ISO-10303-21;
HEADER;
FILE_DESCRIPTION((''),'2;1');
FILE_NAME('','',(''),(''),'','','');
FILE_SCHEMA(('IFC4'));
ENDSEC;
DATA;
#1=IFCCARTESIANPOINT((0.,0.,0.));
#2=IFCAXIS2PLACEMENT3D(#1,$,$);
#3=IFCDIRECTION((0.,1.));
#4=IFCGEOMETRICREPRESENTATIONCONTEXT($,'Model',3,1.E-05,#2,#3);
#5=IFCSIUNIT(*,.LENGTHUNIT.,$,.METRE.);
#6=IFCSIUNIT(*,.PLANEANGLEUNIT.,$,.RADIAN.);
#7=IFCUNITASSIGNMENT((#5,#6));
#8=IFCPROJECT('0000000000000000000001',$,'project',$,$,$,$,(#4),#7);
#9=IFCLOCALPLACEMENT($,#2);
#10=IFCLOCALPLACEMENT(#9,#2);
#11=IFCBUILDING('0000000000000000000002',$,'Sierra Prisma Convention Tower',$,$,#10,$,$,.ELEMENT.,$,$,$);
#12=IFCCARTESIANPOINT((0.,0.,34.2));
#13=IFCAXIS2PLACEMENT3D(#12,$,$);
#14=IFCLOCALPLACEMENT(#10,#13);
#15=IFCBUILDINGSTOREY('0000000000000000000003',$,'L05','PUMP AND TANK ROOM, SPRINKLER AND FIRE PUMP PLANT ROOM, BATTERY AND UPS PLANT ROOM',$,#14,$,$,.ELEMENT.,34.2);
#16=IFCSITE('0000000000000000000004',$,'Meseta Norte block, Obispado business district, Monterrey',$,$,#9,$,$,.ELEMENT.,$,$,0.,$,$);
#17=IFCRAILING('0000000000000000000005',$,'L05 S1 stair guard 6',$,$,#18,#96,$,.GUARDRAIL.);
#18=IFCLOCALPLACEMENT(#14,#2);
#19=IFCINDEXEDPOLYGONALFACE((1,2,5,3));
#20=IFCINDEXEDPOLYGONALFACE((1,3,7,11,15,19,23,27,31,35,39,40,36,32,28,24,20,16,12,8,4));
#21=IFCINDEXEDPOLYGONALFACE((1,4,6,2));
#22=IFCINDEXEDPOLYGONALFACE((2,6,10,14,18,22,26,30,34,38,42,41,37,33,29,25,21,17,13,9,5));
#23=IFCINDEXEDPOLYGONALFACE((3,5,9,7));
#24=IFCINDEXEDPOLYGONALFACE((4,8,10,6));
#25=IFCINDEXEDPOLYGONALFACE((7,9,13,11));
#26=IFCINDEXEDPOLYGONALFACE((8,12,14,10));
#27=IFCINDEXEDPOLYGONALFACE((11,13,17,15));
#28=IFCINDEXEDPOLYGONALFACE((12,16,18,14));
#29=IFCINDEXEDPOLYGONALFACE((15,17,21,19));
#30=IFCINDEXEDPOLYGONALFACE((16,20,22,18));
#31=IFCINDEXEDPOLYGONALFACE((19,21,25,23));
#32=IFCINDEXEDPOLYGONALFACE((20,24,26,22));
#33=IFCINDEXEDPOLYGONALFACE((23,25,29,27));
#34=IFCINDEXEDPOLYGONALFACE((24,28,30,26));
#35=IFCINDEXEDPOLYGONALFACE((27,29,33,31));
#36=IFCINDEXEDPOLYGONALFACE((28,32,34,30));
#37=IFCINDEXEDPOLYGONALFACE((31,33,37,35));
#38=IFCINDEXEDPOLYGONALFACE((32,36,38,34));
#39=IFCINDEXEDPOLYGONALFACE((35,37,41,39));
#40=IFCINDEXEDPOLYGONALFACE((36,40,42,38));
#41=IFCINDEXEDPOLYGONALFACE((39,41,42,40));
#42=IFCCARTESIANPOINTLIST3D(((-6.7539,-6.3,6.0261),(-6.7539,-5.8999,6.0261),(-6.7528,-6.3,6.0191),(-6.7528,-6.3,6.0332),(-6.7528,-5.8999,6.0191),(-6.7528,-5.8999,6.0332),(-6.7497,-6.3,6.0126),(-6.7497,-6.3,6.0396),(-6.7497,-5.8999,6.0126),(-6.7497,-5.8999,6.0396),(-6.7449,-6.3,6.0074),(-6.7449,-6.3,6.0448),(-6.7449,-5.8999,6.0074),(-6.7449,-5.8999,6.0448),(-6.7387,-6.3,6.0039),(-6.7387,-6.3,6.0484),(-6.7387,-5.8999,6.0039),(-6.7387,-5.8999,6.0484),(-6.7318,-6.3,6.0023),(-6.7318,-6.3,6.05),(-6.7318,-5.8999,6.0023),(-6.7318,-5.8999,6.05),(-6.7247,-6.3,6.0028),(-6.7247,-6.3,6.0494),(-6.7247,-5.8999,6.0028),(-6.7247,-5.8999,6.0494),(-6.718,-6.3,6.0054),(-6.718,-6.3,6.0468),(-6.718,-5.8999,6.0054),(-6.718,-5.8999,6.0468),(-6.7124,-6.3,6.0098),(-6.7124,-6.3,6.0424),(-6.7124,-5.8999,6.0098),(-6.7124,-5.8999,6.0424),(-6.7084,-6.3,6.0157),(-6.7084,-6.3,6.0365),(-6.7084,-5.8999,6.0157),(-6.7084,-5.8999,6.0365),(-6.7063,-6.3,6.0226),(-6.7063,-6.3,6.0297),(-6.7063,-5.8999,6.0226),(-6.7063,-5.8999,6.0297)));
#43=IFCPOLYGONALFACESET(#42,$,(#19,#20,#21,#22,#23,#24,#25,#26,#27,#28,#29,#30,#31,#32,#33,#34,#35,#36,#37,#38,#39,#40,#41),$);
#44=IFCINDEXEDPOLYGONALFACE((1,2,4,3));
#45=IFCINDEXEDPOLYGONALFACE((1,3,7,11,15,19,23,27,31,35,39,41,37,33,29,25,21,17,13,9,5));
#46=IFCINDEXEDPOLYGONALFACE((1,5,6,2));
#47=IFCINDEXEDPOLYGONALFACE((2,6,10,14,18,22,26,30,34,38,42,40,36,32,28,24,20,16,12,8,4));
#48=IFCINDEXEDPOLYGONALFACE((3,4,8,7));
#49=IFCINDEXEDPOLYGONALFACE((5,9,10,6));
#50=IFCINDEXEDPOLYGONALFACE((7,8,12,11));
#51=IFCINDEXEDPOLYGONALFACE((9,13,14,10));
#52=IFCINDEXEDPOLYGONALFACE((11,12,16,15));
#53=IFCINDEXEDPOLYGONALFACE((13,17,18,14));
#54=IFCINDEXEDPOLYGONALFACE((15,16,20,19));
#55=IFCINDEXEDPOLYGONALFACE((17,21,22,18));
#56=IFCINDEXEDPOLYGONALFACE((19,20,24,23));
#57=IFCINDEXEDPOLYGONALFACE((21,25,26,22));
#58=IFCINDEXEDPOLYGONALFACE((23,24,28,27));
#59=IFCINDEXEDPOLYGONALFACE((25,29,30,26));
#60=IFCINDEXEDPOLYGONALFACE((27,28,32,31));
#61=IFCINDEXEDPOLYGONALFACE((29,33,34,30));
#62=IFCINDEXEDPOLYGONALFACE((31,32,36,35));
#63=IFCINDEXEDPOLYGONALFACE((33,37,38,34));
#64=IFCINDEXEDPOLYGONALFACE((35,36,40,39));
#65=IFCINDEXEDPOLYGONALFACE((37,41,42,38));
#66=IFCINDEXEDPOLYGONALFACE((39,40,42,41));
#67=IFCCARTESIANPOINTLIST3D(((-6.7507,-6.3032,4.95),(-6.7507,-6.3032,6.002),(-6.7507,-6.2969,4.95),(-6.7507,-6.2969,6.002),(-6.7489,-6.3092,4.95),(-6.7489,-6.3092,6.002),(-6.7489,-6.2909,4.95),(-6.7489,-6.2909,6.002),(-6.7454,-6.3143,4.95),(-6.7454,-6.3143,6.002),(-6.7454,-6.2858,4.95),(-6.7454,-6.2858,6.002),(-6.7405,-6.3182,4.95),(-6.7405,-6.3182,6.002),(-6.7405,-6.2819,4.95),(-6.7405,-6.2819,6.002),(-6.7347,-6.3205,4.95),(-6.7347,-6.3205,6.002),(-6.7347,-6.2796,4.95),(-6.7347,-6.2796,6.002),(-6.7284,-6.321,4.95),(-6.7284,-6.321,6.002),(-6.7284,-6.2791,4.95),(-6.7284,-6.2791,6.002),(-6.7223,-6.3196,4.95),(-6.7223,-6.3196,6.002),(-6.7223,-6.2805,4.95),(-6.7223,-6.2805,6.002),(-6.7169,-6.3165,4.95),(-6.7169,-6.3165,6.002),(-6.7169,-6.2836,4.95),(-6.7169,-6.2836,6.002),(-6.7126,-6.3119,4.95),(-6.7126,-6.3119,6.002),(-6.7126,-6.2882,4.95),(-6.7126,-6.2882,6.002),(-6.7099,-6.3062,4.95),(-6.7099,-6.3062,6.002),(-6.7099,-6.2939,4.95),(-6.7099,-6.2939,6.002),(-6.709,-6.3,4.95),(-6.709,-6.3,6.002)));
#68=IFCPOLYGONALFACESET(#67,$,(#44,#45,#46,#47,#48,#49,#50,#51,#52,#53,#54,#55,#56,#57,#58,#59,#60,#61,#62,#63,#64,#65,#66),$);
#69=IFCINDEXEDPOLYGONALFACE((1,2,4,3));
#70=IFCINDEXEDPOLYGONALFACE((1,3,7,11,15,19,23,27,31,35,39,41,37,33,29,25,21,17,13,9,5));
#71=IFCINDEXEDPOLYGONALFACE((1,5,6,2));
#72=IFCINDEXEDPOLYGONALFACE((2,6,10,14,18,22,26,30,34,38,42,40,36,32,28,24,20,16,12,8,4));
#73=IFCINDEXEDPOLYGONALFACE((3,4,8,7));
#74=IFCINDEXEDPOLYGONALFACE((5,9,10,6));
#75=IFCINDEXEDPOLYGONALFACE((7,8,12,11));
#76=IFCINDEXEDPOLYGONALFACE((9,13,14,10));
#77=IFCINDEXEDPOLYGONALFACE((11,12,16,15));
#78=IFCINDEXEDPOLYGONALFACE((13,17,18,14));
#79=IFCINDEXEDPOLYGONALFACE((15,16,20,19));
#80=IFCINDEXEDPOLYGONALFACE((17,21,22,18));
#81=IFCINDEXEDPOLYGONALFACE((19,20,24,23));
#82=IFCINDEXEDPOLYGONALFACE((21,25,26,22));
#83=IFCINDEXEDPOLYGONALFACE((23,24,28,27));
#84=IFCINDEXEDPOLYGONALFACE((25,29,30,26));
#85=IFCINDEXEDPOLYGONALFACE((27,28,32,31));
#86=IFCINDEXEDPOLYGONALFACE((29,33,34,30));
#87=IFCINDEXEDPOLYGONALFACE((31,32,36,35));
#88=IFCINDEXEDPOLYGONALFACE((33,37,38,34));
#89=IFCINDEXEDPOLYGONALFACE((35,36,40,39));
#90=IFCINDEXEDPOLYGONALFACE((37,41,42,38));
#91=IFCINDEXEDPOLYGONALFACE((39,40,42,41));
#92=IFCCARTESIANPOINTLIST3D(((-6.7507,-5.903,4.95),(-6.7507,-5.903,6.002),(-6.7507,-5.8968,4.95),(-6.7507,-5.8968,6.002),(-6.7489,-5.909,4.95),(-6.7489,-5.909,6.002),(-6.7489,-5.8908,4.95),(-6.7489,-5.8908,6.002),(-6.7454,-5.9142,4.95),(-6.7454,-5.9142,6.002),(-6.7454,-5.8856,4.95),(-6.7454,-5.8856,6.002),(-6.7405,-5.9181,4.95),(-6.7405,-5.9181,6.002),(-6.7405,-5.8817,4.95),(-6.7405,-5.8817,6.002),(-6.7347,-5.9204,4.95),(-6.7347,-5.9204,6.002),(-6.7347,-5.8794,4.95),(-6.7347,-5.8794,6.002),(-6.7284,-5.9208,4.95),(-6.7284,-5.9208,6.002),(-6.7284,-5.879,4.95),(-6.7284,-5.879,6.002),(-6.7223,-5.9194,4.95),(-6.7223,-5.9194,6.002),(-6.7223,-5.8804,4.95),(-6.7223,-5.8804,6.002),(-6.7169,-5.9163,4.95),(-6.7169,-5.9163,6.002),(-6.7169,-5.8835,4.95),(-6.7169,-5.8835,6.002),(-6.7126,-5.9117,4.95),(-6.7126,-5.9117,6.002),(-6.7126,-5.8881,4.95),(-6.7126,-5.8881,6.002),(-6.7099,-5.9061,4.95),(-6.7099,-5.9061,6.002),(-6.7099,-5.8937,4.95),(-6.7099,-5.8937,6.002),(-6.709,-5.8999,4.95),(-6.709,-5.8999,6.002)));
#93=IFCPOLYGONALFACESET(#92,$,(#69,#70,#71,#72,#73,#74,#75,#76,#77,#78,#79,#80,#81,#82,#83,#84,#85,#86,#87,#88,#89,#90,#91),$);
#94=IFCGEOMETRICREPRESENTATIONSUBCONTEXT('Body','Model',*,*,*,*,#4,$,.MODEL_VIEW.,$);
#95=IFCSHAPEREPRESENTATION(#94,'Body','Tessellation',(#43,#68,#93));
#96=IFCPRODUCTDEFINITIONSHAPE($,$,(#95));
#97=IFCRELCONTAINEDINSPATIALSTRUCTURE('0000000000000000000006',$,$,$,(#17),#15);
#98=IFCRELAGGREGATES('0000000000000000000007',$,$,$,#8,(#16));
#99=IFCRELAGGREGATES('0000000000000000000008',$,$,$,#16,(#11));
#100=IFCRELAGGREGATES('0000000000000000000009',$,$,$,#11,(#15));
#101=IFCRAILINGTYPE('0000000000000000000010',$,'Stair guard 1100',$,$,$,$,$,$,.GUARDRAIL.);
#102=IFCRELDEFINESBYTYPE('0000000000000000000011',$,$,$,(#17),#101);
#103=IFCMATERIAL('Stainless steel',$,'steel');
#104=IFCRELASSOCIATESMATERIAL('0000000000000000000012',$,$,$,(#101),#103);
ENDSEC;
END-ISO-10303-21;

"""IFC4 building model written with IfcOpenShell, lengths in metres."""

from ifc_helpers import new_model, si_unit, direction, frame, origin, origin_2d, place, context, subcontext, project, spatial, circle, extrude, material, type_object, element, save


model = new_model("IFC4")

# Units and contexts
model_context = context("Model", 3, precision=1e-05, world=origin(), true_north=direction((0.0, 1.0)))
body_context = subcontext(model_context, "Body", "Model", "MODEL_VIEW")
ifc_project = project(units=[si_unit("LENGTHUNIT", "METRE"), si_unit("PLANEANGLEUNIT", "RADIAN")], contexts=[model_context])

# Site, building, storey
site_placement = place(None, origin())
site = spatial("IfcSite", under=ifc_project, at=site_placement, Name="Meseta Norte block, Obispado business district, Monterrey", CompositionType="ELEMENT", RefElevation=0.0)
building_placement = place(site_placement, origin())
building = spatial("IfcBuilding", under=site, at=building_placement, Name="Sierra Prisma Convention Tower", CompositionType="ELEMENT")
storey_placement = place(building_placement, frame((0.0, 0.0, 34.2)))
storey = spatial("IfcBuildingStorey", under=building, at=storey_placement, Name="L05", Description="PUMP AND TANK ROOM, SPRINKLER AND FIRE PUMP PLANT ROOM, BATTERY AND UPS PLANT ROOM", CompositionType="ELEMENT", Elevation=34.2)

# Railing
ifc_material_1 = material(Name="Stainless steel", Category="steel")
railing_type_1 = type_object("IfcRailingType", Name="Stair guard 1100", PredefinedType="GUARDRAIL", material=ifc_material_1)
railing_1_placement = place(storey_placement, frame((-6.73, -6.3, 4.95)))
element("IfcRailing", 1, at=railing_1_placement, inside=storey, type_object=railing_type_1, Name="L05 S1 stair guard 6", PredefinedType="GUARDRAIL", context=body_context, shape_type="SweptSolid", body=[
    extrude(circle(Radius=0.0239, at=origin_2d()), frame((0.0, 0.0, 1.0762), z_axis=(0.0, 1.0, 0.0), x_axis=(-1.0, 0.0, 0.0)), (0.0, 0.0, 1.0), 0.4001),
    extrude(circle(Radius=0.021, at=origin_2d()), origin(), (0.0, 0.0, 1.0), 1.052),
    extrude(circle(Radius=0.021, at=origin_2d()), frame((0.0, 0.4001, 0.0)), (0.0, 0.0, 1.0), 1.052),
])

save(model, "model.ifc")
